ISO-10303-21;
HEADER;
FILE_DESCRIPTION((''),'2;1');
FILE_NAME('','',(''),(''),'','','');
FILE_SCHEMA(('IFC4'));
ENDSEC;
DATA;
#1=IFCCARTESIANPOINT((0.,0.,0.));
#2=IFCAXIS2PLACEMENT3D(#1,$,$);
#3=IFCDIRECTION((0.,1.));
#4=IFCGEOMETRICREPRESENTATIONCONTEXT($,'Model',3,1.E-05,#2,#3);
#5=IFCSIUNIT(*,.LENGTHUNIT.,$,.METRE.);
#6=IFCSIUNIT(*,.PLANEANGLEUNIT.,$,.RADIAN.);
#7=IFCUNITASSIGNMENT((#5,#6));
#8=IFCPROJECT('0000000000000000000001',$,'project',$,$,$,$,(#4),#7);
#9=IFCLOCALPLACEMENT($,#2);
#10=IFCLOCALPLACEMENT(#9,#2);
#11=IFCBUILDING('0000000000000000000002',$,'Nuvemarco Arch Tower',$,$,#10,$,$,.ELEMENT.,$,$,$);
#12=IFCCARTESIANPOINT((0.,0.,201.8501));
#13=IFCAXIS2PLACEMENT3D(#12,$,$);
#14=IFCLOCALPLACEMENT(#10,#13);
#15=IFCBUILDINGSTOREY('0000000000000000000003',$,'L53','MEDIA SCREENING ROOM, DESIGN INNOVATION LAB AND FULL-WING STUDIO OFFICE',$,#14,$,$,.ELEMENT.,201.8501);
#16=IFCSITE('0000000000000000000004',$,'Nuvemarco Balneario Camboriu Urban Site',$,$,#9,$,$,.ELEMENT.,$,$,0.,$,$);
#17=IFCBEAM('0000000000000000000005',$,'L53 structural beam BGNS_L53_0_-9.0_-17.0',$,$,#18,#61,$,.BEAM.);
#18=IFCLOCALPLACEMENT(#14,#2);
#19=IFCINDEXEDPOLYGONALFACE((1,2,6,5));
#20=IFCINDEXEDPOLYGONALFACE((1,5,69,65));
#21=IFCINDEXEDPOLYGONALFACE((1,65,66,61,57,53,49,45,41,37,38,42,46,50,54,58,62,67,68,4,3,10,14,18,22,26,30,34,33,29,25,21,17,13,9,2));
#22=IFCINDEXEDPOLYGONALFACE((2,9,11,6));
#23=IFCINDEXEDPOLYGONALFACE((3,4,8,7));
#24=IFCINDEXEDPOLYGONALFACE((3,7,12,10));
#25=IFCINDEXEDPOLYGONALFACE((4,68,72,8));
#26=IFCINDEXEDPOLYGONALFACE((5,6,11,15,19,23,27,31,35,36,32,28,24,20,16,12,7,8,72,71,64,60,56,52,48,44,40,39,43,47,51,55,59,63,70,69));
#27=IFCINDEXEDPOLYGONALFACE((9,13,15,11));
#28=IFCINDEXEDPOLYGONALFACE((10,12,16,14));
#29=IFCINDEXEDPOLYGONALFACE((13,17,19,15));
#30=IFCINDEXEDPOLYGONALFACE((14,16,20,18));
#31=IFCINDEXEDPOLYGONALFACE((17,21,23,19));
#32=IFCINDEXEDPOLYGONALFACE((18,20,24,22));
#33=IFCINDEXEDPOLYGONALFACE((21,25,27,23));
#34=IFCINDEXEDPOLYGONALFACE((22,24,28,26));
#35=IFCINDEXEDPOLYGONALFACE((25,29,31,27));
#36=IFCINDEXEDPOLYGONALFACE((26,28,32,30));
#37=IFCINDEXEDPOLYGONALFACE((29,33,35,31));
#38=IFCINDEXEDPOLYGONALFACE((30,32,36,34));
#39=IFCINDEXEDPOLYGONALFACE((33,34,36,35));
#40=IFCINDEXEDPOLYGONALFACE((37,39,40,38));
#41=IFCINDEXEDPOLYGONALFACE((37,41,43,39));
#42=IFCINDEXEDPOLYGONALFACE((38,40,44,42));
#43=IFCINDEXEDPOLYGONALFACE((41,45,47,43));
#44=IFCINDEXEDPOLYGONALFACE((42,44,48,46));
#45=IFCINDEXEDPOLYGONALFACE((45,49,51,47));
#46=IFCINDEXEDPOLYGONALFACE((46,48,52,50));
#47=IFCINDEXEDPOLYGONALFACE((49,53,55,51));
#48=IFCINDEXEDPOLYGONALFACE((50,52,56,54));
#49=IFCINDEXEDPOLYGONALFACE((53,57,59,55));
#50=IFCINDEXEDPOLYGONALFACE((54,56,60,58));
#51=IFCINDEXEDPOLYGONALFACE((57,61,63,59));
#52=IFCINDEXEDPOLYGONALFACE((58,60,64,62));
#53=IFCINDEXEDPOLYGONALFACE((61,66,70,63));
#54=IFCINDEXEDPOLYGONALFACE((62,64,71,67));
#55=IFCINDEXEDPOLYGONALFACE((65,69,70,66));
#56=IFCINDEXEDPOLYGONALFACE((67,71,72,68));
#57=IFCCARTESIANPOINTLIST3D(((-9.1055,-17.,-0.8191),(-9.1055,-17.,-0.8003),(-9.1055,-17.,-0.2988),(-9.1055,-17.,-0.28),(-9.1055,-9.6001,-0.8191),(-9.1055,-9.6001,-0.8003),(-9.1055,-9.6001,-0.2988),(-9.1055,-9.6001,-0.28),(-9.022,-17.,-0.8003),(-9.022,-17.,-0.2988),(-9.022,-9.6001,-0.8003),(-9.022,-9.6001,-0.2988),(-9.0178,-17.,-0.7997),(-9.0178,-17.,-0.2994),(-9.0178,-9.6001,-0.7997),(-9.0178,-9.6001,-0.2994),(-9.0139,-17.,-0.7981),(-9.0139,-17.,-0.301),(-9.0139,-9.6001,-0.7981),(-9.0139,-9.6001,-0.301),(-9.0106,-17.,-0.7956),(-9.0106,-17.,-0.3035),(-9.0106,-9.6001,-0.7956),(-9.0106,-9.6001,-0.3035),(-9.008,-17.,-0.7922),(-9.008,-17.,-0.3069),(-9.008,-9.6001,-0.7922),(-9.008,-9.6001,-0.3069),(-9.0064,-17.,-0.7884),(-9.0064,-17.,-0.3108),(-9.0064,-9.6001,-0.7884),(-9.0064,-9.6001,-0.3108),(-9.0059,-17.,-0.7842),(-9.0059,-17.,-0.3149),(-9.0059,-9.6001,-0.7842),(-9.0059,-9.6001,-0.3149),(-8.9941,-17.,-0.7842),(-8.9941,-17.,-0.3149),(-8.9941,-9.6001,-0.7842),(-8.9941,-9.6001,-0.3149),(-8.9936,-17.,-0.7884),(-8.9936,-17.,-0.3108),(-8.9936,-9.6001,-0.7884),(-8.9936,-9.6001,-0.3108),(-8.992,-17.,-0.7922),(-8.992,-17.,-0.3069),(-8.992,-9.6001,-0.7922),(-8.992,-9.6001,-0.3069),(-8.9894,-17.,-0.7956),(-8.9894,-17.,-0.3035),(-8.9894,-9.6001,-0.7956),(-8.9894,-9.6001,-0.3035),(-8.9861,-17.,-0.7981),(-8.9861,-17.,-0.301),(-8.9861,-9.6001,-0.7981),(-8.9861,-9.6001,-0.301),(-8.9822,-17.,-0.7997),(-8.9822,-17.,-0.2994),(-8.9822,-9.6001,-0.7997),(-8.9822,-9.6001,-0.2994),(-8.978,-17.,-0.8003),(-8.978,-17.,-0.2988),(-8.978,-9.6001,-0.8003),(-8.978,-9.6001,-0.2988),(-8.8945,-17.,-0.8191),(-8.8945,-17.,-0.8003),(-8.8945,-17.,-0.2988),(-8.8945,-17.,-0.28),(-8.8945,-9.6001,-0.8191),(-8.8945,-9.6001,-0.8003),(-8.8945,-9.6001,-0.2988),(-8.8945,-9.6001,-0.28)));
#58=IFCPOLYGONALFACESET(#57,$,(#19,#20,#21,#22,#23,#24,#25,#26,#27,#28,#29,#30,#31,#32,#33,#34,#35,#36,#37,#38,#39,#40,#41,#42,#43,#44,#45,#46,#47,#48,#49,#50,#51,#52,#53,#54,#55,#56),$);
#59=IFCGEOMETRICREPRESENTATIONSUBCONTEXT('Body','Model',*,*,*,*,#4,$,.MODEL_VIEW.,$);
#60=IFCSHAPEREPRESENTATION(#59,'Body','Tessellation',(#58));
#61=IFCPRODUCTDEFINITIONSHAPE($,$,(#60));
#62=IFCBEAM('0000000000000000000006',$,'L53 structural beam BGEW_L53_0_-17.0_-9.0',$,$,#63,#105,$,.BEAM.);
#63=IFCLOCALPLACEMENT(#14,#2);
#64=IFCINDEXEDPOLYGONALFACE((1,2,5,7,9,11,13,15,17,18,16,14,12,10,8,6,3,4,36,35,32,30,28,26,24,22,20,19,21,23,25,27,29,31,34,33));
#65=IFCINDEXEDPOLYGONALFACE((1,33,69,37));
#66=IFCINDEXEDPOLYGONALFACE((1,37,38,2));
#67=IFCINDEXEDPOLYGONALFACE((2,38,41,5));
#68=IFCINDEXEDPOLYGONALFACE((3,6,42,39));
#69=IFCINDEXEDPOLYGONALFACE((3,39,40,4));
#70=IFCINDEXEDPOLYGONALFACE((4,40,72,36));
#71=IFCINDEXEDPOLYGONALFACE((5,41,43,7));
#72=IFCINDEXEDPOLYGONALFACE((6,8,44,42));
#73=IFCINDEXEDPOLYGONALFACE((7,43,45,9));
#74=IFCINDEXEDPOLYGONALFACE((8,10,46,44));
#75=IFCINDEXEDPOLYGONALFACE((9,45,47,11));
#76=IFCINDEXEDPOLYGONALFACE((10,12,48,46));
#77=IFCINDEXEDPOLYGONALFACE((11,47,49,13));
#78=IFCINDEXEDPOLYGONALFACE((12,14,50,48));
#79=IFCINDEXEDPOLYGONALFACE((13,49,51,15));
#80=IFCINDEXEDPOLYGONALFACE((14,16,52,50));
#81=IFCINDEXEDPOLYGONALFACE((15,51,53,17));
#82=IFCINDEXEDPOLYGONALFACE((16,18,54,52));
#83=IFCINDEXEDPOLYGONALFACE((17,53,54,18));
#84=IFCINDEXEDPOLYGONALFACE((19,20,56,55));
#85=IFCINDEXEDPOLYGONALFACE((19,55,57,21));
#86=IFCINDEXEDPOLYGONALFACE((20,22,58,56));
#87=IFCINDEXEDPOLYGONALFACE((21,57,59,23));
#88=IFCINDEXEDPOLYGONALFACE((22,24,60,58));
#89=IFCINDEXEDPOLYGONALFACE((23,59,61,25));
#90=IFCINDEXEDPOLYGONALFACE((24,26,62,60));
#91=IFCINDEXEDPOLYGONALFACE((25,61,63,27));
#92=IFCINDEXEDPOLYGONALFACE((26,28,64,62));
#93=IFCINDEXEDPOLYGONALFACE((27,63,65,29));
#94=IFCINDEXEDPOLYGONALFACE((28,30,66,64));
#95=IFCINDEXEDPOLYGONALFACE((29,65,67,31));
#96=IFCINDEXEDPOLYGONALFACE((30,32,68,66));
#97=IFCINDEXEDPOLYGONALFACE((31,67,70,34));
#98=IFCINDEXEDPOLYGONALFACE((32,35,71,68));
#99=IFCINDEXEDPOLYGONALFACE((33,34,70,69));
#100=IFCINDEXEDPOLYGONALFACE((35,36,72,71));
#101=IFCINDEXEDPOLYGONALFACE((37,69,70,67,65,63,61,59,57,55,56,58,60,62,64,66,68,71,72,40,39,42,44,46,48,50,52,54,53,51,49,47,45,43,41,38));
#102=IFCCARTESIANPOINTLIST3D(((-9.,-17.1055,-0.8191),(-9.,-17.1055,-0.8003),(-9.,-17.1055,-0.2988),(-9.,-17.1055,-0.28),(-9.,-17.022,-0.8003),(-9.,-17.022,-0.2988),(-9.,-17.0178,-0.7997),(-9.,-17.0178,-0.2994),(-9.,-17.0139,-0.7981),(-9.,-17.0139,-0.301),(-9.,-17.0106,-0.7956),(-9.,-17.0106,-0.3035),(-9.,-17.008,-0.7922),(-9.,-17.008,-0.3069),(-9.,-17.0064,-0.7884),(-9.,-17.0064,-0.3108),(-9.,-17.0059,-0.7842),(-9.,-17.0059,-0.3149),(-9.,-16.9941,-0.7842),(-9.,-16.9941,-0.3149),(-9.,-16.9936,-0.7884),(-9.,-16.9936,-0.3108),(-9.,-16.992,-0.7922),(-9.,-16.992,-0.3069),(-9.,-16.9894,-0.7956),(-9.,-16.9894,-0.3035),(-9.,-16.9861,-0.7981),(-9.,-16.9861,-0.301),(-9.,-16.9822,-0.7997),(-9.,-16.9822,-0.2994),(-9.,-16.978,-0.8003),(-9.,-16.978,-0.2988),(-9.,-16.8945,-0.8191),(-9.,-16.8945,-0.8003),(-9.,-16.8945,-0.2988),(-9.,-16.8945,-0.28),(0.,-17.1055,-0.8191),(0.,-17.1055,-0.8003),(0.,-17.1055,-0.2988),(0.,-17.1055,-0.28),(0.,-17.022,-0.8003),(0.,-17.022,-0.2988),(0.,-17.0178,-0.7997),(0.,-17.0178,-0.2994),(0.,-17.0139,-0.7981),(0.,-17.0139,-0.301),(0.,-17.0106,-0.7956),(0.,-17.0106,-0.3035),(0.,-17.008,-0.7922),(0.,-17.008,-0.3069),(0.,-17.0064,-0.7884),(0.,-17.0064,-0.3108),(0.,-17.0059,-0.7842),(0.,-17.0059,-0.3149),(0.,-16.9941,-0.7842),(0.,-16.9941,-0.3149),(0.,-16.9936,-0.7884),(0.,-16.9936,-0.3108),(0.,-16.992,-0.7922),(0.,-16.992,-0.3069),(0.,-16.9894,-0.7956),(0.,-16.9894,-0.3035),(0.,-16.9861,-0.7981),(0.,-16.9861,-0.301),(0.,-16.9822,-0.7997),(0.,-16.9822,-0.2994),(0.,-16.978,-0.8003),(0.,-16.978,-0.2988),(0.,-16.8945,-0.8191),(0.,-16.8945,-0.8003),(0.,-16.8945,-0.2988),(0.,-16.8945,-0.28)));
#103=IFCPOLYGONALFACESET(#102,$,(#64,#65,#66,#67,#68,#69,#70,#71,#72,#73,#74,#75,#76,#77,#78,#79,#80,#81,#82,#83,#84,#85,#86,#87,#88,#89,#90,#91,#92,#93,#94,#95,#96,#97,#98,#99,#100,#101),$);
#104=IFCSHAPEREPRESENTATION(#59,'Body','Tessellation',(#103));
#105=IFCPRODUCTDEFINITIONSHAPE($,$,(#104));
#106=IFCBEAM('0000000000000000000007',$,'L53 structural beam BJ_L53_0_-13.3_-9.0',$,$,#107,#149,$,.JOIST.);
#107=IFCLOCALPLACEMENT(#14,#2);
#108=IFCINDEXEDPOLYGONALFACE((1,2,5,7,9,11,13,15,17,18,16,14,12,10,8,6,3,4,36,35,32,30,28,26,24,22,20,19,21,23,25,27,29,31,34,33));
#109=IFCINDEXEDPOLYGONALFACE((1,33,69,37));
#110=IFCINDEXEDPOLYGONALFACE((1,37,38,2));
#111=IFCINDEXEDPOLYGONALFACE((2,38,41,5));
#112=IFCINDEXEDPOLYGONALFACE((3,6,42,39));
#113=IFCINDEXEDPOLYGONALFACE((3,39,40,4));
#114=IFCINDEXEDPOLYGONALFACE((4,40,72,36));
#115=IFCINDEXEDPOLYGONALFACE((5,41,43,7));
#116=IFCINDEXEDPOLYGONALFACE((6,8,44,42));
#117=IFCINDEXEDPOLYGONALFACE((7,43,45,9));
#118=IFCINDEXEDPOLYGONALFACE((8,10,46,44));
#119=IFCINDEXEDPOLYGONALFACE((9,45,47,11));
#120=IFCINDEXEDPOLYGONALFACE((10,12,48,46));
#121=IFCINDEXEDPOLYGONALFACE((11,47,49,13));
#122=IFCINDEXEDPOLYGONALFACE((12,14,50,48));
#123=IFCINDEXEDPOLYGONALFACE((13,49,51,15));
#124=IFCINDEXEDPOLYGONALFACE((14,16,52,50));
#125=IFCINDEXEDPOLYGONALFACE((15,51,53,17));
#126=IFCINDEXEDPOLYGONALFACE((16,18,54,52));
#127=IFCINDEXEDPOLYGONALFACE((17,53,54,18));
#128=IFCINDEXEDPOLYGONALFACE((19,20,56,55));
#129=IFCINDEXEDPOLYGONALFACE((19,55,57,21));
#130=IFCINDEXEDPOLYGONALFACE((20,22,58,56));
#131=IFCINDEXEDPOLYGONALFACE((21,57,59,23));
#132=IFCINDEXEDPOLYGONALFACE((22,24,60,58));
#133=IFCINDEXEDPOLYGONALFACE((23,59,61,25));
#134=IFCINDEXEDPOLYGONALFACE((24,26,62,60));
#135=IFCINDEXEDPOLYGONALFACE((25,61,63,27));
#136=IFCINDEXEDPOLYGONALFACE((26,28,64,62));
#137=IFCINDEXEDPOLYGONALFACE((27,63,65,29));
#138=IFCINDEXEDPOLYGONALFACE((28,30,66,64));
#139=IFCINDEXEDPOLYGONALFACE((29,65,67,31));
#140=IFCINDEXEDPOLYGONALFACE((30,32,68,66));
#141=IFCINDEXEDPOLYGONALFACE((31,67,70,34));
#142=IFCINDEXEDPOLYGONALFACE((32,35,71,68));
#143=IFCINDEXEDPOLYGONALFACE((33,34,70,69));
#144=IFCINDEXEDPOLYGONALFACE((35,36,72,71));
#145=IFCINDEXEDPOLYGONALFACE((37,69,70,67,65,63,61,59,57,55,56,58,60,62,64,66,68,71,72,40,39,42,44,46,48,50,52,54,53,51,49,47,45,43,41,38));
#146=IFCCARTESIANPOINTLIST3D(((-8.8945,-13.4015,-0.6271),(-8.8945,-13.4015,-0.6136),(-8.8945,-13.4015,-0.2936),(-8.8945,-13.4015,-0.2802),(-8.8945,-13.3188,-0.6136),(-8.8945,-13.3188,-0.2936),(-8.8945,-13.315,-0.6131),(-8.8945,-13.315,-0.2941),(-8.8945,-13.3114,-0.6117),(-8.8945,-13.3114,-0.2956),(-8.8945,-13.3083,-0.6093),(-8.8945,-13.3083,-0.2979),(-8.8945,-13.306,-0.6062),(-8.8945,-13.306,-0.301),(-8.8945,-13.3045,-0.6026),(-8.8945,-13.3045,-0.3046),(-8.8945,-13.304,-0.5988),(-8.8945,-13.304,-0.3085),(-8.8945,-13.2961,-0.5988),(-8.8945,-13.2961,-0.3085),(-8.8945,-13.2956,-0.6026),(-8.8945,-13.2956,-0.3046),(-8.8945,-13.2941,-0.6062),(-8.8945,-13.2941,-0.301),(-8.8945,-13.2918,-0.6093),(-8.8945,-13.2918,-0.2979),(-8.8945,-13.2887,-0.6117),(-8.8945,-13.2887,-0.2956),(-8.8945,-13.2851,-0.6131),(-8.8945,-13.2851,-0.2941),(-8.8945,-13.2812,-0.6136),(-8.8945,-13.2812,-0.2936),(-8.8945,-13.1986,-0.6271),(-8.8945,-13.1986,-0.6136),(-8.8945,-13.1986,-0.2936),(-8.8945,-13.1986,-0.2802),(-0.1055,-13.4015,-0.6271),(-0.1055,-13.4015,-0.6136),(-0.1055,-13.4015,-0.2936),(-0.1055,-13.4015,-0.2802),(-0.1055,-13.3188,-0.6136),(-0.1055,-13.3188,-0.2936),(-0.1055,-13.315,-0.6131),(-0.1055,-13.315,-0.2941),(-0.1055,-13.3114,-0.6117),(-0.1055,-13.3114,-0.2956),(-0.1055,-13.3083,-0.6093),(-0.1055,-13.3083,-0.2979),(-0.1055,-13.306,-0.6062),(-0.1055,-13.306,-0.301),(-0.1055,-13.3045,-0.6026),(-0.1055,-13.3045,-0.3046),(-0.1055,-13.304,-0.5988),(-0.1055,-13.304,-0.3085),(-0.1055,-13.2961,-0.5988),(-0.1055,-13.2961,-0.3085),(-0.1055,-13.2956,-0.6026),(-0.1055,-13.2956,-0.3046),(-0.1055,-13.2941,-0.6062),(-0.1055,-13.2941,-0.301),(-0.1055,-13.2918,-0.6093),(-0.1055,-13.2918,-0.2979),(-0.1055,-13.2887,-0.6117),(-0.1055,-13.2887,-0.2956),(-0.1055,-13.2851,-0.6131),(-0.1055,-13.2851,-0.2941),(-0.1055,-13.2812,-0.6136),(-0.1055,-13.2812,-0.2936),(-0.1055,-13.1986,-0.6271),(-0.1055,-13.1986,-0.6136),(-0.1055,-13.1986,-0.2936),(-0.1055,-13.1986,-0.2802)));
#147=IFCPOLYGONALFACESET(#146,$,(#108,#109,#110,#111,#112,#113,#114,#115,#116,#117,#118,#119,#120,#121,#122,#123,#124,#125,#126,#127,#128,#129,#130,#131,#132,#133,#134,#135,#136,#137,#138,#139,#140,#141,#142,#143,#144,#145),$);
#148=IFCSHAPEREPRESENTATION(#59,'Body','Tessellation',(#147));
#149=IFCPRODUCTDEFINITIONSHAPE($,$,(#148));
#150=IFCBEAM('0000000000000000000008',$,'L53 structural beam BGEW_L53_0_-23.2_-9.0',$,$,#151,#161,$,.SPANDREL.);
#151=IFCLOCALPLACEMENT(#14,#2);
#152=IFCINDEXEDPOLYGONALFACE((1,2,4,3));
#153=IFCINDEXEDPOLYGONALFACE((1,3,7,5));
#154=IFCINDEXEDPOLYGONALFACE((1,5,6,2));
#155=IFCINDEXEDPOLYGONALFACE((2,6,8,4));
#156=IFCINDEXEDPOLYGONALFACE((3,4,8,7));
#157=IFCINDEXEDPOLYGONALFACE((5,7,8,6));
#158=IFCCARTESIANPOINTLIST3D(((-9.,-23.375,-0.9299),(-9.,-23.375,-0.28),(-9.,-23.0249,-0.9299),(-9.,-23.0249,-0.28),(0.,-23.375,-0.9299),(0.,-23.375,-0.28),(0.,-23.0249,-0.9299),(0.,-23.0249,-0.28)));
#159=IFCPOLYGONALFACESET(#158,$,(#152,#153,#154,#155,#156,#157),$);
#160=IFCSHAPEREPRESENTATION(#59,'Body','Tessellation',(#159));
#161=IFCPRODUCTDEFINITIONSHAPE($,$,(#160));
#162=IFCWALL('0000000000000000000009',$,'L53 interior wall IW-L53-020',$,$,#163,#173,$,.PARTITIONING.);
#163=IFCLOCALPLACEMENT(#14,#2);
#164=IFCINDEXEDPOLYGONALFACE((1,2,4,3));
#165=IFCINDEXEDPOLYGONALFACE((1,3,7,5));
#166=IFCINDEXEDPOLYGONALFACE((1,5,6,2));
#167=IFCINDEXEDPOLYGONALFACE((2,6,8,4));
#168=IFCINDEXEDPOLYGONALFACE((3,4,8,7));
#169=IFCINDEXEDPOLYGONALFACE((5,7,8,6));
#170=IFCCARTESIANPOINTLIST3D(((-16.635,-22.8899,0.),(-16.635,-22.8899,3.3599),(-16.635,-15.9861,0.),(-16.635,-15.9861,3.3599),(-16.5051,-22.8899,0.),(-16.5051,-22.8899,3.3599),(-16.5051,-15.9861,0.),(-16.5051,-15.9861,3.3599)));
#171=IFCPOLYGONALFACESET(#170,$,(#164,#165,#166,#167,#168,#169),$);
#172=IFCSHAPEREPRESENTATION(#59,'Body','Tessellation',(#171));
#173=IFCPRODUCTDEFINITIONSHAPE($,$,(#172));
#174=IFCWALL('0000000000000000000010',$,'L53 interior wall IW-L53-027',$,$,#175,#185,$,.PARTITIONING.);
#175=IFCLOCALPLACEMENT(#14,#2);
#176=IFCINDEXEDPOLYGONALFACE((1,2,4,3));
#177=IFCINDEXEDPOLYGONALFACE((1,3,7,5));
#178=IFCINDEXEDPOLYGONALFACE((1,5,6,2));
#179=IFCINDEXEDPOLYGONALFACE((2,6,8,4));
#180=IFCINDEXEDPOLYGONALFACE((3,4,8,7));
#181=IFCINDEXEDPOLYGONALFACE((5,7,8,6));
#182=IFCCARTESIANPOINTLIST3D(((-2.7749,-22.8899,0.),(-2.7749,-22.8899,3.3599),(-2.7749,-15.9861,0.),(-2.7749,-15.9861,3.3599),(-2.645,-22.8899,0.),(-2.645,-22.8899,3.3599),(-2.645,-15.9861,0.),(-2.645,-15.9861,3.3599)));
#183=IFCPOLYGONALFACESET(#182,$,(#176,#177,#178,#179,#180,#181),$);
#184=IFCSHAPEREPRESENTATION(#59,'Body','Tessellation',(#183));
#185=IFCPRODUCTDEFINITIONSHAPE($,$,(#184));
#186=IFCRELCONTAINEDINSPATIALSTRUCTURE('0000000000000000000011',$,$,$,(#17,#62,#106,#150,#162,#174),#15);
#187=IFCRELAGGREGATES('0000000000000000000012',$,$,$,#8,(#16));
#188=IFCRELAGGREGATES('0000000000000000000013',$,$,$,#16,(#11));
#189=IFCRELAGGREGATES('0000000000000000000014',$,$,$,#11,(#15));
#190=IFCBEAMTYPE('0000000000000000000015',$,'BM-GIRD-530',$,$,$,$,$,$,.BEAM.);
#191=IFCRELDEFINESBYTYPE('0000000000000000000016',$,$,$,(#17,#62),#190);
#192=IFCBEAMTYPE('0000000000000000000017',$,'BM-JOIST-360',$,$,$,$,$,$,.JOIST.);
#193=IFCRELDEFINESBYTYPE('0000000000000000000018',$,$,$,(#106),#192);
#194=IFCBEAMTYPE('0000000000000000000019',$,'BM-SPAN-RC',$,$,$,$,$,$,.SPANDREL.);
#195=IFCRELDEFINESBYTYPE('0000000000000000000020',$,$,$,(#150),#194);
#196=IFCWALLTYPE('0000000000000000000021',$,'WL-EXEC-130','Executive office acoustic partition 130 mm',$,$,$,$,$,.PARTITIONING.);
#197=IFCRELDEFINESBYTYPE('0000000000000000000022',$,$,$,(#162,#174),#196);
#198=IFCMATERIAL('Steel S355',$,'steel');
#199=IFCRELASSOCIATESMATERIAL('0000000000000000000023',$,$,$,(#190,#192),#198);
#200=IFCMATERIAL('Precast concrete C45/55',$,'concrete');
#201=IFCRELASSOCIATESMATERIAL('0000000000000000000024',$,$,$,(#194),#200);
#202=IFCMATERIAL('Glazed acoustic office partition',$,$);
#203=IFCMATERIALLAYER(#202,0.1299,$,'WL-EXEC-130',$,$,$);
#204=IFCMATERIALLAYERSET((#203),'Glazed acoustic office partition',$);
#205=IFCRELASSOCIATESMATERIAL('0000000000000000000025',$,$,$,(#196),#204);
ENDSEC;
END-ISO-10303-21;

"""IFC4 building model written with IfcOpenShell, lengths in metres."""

from ifc_helpers import new_model, si_unit, direction, frame, frame_2d, origin, origin_2d, place, context, subcontext, project, spatial, rectangle, i_section, extrude, material, layer, layer_set, material_profile, profile_set, type_object, element, save


model = new_model("IFC4")

# Units and contexts
model_context = context("Model", 3, precision=1e-05, world=origin(), true_north=direction((0.0, 1.0)))
body_context = subcontext(model_context, "Body", "Model", "MODEL_VIEW")
ifc_project = project(units=[si_unit("LENGTHUNIT", "METRE"), si_unit("PLANEANGLEUNIT", "RADIAN")], contexts=[model_context])

# Site, building, storey
site_placement = place(None, origin())
site = spatial("IfcSite", under=ifc_project, at=site_placement, Name="Nuvemarco Balneario Camboriu Urban Site", CompositionType="ELEMENT", RefElevation=0.0)
building_placement = place(site_placement, origin())
building = spatial("IfcBuilding", under=site, at=building_placement, Name="Nuvemarco Arch Tower", CompositionType="ELEMENT")
storey_placement = place(building_placement, frame((0.0, 0.0, 201.8501)))
storey = spatial("IfcBuildingStorey", under=building, at=storey_placement, Name="L53", Description="MEDIA SCREENING ROOM, DESIGN INNOVATION LAB AND FULL-WING STUDIO OFFICE", CompositionType="ELEMENT", Elevation=201.8501)

# Shared definitions
ifc_material_1 = material(Name="Steel S355", Category="steel")

# Beams
ifc_material_profile_1 = material_profile(ifc_material_1, i_section(OverallWidth=0.2109, OverallDepth=0.5391, WebThickness=0.0117, FlangeThickness=0.0188, FilletRadius=0.0161, at=origin_2d()), Name="W530x109")
ifc_profile_set_1 = profile_set([ifc_material_profile_1], Name="Steel S355")
beam_type_1 = type_object("IfcBeamType", Name="BM-GIRD-530", PredefinedType="BEAM", material=ifc_profile_set_1)
beam_1_placement = place(storey_placement, frame((-9.0, -17.0, -0.5496), z_axis=(0.0, 1.0, 0.0), x_axis=(-1.0, 0.0, 0.0)))
element("IfcBeam", 1, at=beam_1_placement, inside=storey, type_object=beam_type_1, Name="L53 structural beam BGNS_L53_0_-9.0_-17.0", PredefinedType="BEAM", context=body_context, shape_type="SweptSolid", body=[
    extrude(i_section(OverallWidth=0.2109, OverallDepth=0.5391, WebThickness=0.0117, FlangeThickness=0.0188, FilletRadius=0.0161, at=origin_2d()), origin(), (0.0, 0.0, 1.0), 7.3999),
])
beam_2_placement = place(storey_placement, frame((-9.0, -17.0, -0.5496), z_axis=(1.0, 0.0, 0.0), x_axis=(0.0, 1.0, 0.0)))
element("IfcBeam", 2, at=beam_2_placement, inside=storey, type_object=beam_type_1, Name="L53 structural beam BGEW_L53_0_-17.0_-9.0", PredefinedType="BEAM", context=body_context, shape_type="SweptSolid", body=[
    extrude(i_section(OverallWidth=0.2109, OverallDepth=0.5391, WebThickness=0.0117, FlangeThickness=0.0188, FilletRadius=0.0161, at=origin_2d()), origin(), (0.0, 0.0, 1.0), 9.0),
])
ifc_material_profile_2 = material_profile(ifc_material_1, i_section(OverallWidth=0.2029, OverallDepth=0.3469, WebThickness=0.0078, FlangeThickness=0.0134, FilletRadius=0.0149, at=origin_2d()), Name="W360x64")
ifc_profile_set_2 = profile_set([ifc_material_profile_2], Name="Steel S355")
beam_type_2 = type_object("IfcBeamType", Name="BM-JOIST-360", PredefinedType="JOIST", material=ifc_profile_set_2)
beam_3_placement = place(storey_placement, frame((-8.8945, -13.3, -0.4536), z_axis=(1.0, 0.0, 0.0), x_axis=(0.0, 1.0, 0.0)))
element("IfcBeam", 3, at=beam_3_placement, inside=storey, type_object=beam_type_2, Name="L53 structural beam BJ_L53_0_-13.3_-9.0", PredefinedType="JOIST", context=body_context, shape_type="SweptSolid", body=[
    extrude(i_section(OverallWidth=0.2029, OverallDepth=0.3469, WebThickness=0.0078, FlangeThickness=0.0134, FilletRadius=0.0149, at=origin_2d()), origin(), (0.0, 0.0, 1.0), 8.7891),
])
ifc_material_2 = material(Name="Precast concrete C45/55", Category="concrete")
ifc_material_profile_3 = material_profile(ifc_material_2, rectangle(XDim=0.3501, YDim=0.6499, at=origin_2d()), Name="PC-SP-350x650")
ifc_profile_set_3 = profile_set([ifc_material_profile_3], Name="Precast concrete C45/55")
beam_type_3 = type_object("IfcBeamType", Name="BM-SPAN-RC", PredefinedType="SPANDREL", material=ifc_profile_set_3)
beam_4_placement = place(storey_placement, frame((-9.0, -23.2, -0.605), z_axis=(1.0, 0.0, 0.0), x_axis=(0.0, 1.0, 0.0)))
element("IfcBeam", 4, at=beam_4_placement, inside=storey, type_object=beam_type_3, Name="L53 structural beam BGEW_L53_0_-23.2_-9.0", PredefinedType="SPANDREL", context=body_context, shape_type="SweptSolid", body=[
    extrude(rectangle(XDim=0.3501, YDim=0.6499, at=origin_2d()), origin(), (0.0, 0.0, 1.0), 9.0),
])

# Walls
ifc_material_3 = material(Name="Glazed acoustic office partition")
ifc_layer_1 = layer(ifc_material_3, 0.1299, Name="WL-EXEC-130")
ifc_layer_set_1 = layer_set([ifc_layer_1], Name="Glazed acoustic office partition")
wall_type_1 = type_object("IfcWallType", Name="WL-EXEC-130", Description="Executive office acoustic partition 130 mm", PredefinedType="PARTITIONING", material=ifc_layer_set_1)
for number, where, z_axis, x_axis, name in (
    (5, (-16.5701, -22.8899, 0.0), (0.0, 0.0, 1.0), (0.0, 1.0, 0.0), "L53 interior wall IW-L53-020"),
    (6, (-2.71, -22.8899, 0.0), (0.0, 0.0, 1.0), (0.0, 1.0, 0.0), "L53 interior wall IW-L53-027"),
):
    element("IfcWall", number, at=place(storey_placement, frame(where, z_axis=z_axis, x_axis=x_axis)), inside=storey, type_object=wall_type_1, Name=name, PredefinedType="PARTITIONING", context=body_context, shape_type="SweptSolid", body=[
        extrude(rectangle(XDim=6.9038, YDim=0.1299, at=frame_2d((3.4519, 0.0))), origin(), (0.0, 0.0, 1.0), 3.3599),
    ])

save(model, "model.ifc")
